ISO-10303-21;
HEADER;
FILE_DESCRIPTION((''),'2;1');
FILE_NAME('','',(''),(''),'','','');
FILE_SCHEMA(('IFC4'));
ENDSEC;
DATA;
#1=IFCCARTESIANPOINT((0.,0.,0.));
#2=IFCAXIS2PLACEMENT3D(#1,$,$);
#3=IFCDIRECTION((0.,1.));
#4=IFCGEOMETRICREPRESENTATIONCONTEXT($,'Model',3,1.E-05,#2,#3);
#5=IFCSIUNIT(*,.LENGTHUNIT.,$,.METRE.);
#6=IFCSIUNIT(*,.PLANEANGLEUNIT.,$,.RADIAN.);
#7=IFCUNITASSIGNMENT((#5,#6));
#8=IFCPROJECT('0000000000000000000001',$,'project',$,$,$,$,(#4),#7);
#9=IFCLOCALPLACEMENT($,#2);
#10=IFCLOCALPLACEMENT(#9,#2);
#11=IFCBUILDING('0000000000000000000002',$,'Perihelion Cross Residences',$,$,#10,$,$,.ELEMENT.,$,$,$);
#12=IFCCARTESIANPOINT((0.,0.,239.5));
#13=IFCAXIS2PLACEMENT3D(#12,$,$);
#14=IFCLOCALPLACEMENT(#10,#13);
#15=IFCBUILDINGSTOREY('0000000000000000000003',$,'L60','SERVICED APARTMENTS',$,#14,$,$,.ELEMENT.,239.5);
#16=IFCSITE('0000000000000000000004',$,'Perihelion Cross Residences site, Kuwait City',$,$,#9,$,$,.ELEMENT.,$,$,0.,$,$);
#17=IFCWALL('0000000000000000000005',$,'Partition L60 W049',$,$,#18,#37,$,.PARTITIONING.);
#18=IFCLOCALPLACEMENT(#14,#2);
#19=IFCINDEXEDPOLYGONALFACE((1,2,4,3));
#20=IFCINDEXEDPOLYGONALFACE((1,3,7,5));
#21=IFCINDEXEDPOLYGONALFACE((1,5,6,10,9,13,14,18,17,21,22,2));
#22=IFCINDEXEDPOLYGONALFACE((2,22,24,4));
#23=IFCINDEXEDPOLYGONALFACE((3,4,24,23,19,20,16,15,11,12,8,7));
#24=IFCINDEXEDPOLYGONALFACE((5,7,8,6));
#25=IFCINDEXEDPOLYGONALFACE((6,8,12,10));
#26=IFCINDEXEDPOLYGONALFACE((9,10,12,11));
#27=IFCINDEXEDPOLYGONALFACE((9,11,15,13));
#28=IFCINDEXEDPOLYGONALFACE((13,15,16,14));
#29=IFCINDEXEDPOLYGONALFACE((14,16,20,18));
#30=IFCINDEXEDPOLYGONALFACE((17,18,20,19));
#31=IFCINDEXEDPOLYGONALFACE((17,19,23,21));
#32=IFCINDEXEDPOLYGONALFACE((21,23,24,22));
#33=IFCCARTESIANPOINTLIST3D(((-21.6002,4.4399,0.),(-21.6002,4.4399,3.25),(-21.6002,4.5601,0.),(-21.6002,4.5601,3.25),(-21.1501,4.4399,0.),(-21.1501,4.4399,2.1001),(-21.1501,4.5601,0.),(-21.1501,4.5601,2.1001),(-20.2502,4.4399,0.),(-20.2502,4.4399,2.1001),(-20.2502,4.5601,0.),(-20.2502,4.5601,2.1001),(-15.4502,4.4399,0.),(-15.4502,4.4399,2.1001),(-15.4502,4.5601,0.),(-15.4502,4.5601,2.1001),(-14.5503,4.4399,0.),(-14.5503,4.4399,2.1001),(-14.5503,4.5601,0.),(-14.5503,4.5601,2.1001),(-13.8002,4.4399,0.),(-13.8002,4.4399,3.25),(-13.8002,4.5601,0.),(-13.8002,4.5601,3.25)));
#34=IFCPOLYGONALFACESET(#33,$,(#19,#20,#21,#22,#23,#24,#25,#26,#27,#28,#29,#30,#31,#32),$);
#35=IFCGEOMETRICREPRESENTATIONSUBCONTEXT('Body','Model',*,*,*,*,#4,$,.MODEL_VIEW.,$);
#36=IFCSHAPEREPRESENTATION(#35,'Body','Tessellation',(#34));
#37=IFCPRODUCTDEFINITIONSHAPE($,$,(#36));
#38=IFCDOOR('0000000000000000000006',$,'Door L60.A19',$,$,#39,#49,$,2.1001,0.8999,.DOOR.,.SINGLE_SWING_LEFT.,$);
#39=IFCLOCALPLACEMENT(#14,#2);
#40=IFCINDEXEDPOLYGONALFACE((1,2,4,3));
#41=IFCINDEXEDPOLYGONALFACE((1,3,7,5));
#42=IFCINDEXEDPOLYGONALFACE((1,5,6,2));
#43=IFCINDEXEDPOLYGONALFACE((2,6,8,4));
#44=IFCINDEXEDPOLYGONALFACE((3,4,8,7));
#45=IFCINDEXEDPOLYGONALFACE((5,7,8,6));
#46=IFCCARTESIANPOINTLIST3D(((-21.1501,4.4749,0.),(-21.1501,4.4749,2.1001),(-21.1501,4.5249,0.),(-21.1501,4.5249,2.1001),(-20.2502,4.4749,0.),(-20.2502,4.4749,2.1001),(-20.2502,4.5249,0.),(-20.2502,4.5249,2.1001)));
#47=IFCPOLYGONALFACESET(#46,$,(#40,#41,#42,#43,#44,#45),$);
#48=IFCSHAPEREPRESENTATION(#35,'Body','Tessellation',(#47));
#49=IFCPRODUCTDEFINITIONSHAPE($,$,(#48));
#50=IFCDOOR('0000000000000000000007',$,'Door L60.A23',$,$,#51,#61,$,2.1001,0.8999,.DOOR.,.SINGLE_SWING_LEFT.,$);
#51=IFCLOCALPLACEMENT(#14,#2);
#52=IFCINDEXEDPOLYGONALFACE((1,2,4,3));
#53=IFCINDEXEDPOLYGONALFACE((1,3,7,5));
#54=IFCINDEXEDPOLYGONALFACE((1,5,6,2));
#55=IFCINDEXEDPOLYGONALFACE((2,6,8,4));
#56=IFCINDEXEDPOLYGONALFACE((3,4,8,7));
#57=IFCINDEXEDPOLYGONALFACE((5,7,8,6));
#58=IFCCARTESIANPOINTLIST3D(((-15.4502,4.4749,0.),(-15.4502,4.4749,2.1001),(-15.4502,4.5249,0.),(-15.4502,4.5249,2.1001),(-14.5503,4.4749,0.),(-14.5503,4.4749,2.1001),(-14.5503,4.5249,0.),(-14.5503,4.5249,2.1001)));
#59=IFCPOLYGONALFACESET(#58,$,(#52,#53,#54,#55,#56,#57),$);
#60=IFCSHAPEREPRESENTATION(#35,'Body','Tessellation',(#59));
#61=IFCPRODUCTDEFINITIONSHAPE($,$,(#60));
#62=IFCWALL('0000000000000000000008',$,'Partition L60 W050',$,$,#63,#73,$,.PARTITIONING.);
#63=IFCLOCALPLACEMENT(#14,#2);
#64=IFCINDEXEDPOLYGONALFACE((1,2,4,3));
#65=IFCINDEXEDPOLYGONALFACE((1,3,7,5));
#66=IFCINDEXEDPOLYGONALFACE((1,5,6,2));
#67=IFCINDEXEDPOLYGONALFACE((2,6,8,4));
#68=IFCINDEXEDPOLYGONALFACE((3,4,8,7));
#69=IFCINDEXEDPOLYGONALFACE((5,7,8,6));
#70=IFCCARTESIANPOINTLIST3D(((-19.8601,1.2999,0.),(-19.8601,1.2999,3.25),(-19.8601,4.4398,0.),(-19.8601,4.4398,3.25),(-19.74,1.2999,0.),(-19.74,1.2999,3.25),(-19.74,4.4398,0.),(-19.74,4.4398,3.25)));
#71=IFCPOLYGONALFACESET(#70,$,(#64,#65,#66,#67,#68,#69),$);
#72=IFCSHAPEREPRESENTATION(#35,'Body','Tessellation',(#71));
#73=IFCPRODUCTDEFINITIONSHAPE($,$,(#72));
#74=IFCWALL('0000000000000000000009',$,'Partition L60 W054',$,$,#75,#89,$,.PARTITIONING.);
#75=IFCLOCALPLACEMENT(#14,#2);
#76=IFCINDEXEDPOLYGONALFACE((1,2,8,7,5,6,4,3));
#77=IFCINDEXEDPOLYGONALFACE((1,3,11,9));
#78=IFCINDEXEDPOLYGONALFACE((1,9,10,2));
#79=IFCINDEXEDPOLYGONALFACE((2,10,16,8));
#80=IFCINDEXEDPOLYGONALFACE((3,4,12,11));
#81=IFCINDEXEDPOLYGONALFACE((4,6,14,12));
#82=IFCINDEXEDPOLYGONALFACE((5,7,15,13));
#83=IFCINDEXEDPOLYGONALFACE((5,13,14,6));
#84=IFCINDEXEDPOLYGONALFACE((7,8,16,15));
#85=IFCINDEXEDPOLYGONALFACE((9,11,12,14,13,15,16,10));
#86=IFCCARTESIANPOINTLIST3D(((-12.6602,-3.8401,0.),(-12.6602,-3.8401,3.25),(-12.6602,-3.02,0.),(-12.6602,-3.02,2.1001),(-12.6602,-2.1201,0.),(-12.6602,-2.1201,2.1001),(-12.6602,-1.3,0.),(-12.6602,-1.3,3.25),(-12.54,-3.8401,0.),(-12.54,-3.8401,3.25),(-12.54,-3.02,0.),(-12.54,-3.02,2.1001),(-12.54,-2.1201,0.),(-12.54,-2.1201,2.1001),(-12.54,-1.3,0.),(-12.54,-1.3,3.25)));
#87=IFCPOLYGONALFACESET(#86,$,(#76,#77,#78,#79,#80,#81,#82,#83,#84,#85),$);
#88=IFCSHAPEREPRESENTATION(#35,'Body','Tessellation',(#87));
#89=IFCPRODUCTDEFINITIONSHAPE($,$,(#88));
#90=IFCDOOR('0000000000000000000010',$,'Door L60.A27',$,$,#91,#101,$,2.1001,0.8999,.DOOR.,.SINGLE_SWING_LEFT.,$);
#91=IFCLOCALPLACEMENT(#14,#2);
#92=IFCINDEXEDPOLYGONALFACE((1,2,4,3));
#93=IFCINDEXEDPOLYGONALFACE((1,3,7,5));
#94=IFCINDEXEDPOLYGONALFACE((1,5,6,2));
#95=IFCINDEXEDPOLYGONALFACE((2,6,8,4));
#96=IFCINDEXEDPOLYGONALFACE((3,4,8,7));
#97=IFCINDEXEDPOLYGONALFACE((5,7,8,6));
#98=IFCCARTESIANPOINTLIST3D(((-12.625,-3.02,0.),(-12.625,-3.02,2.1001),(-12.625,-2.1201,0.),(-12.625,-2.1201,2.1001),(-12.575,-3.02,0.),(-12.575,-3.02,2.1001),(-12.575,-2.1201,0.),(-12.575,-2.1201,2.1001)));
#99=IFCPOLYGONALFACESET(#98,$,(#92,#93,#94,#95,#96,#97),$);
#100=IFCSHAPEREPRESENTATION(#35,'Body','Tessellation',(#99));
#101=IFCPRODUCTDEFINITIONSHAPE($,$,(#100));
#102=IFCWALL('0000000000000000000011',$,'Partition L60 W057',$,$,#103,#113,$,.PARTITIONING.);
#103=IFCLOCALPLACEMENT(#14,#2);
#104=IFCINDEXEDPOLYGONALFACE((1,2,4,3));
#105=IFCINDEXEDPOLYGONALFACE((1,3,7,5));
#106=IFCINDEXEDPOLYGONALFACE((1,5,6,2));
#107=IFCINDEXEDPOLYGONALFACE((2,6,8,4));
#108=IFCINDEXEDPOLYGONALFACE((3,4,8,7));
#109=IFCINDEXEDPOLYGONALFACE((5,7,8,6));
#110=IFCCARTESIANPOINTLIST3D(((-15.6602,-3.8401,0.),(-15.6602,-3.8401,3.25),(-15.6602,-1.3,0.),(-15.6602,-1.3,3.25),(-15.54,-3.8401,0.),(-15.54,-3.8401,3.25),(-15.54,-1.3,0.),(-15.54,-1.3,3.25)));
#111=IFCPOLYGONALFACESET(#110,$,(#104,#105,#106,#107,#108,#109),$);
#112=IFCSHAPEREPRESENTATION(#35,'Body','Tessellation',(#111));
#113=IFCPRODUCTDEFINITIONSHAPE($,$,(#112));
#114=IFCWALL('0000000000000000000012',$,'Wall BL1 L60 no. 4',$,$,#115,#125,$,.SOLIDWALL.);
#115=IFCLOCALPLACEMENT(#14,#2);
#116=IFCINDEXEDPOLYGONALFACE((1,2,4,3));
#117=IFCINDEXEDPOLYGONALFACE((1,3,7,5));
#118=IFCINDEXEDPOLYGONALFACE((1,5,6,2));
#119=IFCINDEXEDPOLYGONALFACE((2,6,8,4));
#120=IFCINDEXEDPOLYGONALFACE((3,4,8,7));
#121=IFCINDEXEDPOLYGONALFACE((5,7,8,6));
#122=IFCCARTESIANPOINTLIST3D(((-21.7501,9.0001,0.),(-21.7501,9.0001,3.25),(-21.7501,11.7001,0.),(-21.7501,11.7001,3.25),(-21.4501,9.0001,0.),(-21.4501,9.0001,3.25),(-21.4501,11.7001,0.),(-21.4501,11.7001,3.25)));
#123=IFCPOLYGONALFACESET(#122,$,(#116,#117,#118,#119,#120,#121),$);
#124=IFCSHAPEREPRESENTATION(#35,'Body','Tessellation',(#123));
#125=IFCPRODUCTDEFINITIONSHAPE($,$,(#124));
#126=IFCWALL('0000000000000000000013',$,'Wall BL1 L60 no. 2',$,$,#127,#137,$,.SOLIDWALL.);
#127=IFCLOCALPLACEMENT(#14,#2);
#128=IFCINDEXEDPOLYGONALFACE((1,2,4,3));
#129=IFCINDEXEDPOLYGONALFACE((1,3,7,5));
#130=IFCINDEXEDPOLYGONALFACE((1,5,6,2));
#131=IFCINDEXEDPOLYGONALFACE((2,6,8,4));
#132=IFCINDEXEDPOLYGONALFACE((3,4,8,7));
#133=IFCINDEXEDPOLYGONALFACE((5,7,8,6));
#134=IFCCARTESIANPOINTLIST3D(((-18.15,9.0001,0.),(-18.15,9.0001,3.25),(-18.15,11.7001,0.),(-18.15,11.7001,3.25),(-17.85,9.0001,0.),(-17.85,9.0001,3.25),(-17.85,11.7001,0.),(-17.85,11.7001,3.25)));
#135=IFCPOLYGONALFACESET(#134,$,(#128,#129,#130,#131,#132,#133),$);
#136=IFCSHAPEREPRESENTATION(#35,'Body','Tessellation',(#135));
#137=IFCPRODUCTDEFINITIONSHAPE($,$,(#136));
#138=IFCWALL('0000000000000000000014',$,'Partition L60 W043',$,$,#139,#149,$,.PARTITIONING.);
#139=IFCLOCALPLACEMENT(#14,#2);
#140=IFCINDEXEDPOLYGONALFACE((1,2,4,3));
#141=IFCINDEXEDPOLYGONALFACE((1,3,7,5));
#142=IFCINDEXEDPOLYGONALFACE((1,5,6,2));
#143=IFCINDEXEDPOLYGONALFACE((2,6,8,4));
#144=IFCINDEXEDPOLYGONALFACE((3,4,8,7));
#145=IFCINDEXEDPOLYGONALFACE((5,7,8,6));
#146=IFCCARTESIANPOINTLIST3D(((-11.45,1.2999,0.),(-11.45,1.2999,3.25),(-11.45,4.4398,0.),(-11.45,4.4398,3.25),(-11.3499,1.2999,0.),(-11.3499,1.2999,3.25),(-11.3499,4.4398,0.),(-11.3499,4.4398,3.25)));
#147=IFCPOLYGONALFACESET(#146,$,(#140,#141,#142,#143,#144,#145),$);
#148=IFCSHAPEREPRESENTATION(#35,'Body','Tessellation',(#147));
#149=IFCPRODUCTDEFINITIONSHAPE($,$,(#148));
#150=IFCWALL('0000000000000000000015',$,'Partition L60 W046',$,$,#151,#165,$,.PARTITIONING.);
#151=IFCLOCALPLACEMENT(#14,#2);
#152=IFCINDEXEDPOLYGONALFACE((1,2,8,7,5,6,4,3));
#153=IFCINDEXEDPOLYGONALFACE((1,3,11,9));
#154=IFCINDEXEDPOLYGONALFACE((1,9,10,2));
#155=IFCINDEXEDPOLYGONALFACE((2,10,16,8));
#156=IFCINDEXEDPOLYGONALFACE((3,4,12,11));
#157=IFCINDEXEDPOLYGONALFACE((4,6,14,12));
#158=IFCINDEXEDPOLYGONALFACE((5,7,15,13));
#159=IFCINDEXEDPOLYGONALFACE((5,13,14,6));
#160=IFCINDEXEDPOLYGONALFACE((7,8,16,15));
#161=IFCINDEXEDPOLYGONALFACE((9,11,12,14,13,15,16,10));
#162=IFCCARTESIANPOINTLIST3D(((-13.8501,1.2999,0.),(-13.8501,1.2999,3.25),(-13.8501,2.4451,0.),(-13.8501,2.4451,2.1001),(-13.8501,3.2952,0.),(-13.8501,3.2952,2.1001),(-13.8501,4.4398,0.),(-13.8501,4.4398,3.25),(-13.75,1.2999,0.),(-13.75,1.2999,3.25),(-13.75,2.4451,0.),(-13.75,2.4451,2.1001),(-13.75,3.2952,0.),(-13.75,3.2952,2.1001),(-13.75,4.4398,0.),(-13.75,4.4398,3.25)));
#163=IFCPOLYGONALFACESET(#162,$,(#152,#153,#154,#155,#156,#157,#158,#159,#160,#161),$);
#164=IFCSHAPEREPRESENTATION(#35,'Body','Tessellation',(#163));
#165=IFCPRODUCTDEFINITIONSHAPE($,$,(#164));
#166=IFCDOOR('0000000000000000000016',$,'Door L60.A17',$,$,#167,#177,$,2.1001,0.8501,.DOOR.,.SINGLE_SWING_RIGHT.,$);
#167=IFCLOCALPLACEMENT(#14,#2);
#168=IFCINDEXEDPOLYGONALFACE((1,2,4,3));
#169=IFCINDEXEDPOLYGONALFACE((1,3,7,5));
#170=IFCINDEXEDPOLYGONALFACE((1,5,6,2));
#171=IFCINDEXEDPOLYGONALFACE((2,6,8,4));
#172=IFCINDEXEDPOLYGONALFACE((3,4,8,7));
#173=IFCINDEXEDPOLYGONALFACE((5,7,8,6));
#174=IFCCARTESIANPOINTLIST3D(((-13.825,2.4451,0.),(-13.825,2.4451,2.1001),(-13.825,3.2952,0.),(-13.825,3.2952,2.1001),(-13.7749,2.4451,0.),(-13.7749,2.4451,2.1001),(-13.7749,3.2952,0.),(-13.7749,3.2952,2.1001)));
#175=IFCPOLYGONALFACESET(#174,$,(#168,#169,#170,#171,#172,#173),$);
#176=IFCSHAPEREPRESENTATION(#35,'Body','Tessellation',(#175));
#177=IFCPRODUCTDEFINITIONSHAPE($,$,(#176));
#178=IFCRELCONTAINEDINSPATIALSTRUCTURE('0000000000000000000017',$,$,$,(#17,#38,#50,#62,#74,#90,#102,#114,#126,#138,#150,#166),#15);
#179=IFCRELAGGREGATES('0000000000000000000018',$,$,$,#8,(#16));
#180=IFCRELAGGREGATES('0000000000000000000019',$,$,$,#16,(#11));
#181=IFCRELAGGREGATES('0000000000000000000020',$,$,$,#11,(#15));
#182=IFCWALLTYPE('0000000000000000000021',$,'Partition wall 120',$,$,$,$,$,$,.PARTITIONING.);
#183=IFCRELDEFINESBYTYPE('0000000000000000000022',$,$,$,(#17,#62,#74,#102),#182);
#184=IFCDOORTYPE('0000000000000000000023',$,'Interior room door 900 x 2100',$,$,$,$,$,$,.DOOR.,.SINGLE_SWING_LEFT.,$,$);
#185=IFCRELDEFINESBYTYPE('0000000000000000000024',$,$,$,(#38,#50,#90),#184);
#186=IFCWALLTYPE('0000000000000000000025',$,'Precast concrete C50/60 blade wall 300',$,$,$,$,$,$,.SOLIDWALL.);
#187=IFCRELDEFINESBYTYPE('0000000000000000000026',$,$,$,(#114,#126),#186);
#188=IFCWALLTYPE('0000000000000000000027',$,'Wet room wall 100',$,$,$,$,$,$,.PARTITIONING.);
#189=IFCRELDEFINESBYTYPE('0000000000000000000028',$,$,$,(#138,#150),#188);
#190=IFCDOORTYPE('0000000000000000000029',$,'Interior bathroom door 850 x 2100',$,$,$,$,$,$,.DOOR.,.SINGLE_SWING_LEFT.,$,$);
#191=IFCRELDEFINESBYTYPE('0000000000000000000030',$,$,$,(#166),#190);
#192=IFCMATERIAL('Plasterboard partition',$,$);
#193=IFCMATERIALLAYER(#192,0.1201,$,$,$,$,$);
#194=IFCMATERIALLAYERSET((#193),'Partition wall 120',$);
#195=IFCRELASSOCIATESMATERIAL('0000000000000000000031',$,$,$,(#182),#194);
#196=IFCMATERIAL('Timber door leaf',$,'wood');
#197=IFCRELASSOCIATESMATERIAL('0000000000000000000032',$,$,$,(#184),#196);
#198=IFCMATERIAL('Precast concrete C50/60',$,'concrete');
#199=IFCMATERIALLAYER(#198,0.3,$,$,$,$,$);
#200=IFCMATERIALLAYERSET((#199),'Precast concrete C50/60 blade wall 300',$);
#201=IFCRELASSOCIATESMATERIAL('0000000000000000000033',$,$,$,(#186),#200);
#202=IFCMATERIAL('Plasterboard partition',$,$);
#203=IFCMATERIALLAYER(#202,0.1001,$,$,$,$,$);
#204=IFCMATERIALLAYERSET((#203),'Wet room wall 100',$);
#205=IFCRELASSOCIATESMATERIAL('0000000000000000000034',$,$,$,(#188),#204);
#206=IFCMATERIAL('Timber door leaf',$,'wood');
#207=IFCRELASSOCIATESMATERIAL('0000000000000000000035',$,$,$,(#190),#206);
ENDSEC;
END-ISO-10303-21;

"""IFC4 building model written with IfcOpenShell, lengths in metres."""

from ifc_helpers import new_model, si_unit, direction, frame, frame_2d, origin, place, context, subcontext, project, spatial, rectangle, extrude, material, layer, layer_set, type_object, element, fill, save


model = new_model("IFC4")

# Units and contexts
model_context = context("Model", 3, precision=1e-05, world=origin(), true_north=direction((0.0, 1.0)))
body_context = subcontext(model_context, "Body", "Model", "MODEL_VIEW")
ifc_project = project(units=[si_unit("LENGTHUNIT", "METRE"), si_unit("PLANEANGLEUNIT", "RADIAN")], contexts=[model_context])

# Site, building, storey
site_placement = place(None, origin())
site = spatial("IfcSite", under=ifc_project, at=site_placement, Name="Perihelion Cross Residences site, Kuwait City", CompositionType="ELEMENT", RefElevation=0.0)
building_placement = place(site_placement, origin())
building = spatial("IfcBuilding", under=site, at=building_placement, Name="Perihelion Cross Residences", CompositionType="ELEMENT")
storey_placement = place(building_placement, frame((0.0, 0.0, 239.5)))
storey = spatial("IfcBuildingStorey", under=building, at=storey_placement, Name="L60", Description="SERVICED APARTMENTS", CompositionType="ELEMENT", Elevation=239.5)

# Shared definitions
ifc_material_1 = material(Name="Plasterboard partition")
ifc_layer_1 = layer(ifc_material_1, 0.1201)
ifc_layer_set_1 = layer_set([ifc_layer_1], Name="Partition wall 120")
wall_type_1 = type_object("IfcWallType", Name="Partition wall 120", PredefinedType="PARTITIONING", material=ifc_layer_set_1)
ifc_material_2 = material(Name="Timber door leaf", Category="wood")
door_type_1 = type_object("IfcDoorType", Name="Interior room door 900 x 2100", OperationType="SINGLE_SWING_LEFT", PredefinedType="DOOR", material=ifc_material_2)

# Wall, openings, doors
wall_1_placement = place(storey_placement, frame((-21.6001, 4.5, 0.0), z_axis=(0.0, 0.0, 1.0), x_axis=(1.0, 0.0, 0.0)))
wall_1 = element("IfcWall", 1, at=wall_1_placement, inside=storey, type_object=wall_type_1, Name="Partition L60 W049", PredefinedType="PARTITIONING", context=body_context, shape_type="SweptSolid", body=[
    extrude(rectangle(XDim=7.8, YDim=0.1201, at=frame_2d((3.8999, 0.0))), origin(), (0.0, 0.0, 1.0), 3.25),
])
opening_1_placement = place(wall_1_placement, frame((0.45, 0.0, 0.0)))
opening_1 = element("IfcOpeningElement", 2, at=opening_1_placement, cuts=wall_1, PredefinedType="OPENING", context=body_context, shape_type="SweptSolid", body=[
    extrude(rectangle(XDim=0.8999, YDim=2.1001, at=frame_2d((0.45, 1.05))), frame((0.0, 0.0701, 0.0), z_axis=(0.0, -1.0, 0.0), x_axis=(1.0, 0.0, 0.0)), (0.0, 0.0, 1.0), 0.1401),
])
opening_2_placement = place(wall_1_placement, frame((6.1499, 0.0, 0.0)))
opening_2 = element("IfcOpeningElement", 3, at=opening_2_placement, cuts=wall_1, PredefinedType="OPENING", context=body_context, shape_type="SweptSolid", body=[
    extrude(rectangle(XDim=0.8999, YDim=2.1001, at=frame_2d((0.45, 1.05))), frame((0.0, 0.0701, 0.0), z_axis=(0.0, -1.0, 0.0), x_axis=(1.0, 0.0, 0.0)), (0.0, 0.0, 1.0), 0.1401),
])
door_1_placement = place(opening_1_placement, origin())
door_1 = element("IfcDoor", 4, at=door_1_placement, inside=storey, type_object=door_type_1, Name="Door L60.A19", OperationType="SINGLE_SWING_LEFT", OverallHeight=2.1001, OverallWidth=0.8999, PredefinedType="DOOR", context=body_context, shape_type="SweptSolid", body=[
    extrude(rectangle(XDim=0.8999, YDim=2.1001, at=frame_2d((0.45, 1.05))), frame((0.0, 0.0249, 0.0), z_axis=(0.0, -1.0, 0.0), x_axis=(1.0, 0.0, 0.0)), (0.0, 0.0, 1.0), 0.05),
])
fill(opening_1, door_1)
door_2_placement = place(opening_2_placement, origin())
door_2 = element("IfcDoor", 5, at=door_2_placement, inside=storey, type_object=door_type_1, Name="Door L60.A23", OperationType="SINGLE_SWING_LEFT", OverallHeight=2.1001, OverallWidth=0.8999, PredefinedType="DOOR", context=body_context, shape_type="SweptSolid", body=[
    extrude(rectangle(XDim=0.8999, YDim=2.1001, at=frame_2d((0.45, 1.05))), frame((0.0, 0.0249, 0.0), z_axis=(0.0, -1.0, 0.0), x_axis=(1.0, 0.0, 0.0)), (0.0, 0.0, 1.0), 0.05),
])
fill(opening_2, door_2)

# Wall
wall_2_placement = place(storey_placement, frame((-19.8, 1.3, 0.0), z_axis=(0.0, 0.0, 1.0), x_axis=(0.0, 1.0, 0.0)))
element("IfcWall", 6, at=wall_2_placement, inside=storey, type_object=wall_type_1, Name="Partition L60 W050", PredefinedType="PARTITIONING", context=body_context, shape_type="SweptSolid", body=[
    extrude(rectangle(XDim=3.1399, YDim=0.1201, at=frame_2d((1.5698, 0.0))), origin(), (0.0, 0.0, 1.0), 3.25),
])

# Wall, opening, door
wall_3_placement = place(storey_placement, frame((-12.6001, -3.8401, 0.0), z_axis=(0.0, 0.0, 1.0), x_axis=(0.0, 1.0, 0.0)))
wall_3 = element("IfcWall", 7, at=wall_3_placement, inside=storey, type_object=wall_type_1, Name="Partition L60 W054", PredefinedType="PARTITIONING", context=body_context, shape_type="SweptSolid", body=[
    extrude(rectangle(XDim=2.54, YDim=0.1201, at=frame_2d((1.27, 0.0))), origin(), (0.0, 0.0, 1.0), 3.25),
])
opening_3_placement = place(wall_3_placement, frame((0.8201, 0.0, 0.0)))
opening_3 = element("IfcOpeningElement", 8, at=opening_3_placement, cuts=wall_3, PredefinedType="OPENING", context=body_context, shape_type="SweptSolid", body=[
    extrude(rectangle(XDim=0.8999, YDim=2.1001, at=frame_2d((0.45, 1.05))), frame((0.0, 0.0701, 0.0), z_axis=(0.0, -1.0, 0.0), x_axis=(1.0, 0.0, 0.0)), (0.0, 0.0, 1.0), 0.1401),
])
door_3_placement = place(opening_3_placement, origin())
door_3 = element("IfcDoor", 9, at=door_3_placement, inside=storey, type_object=door_type_1, Name="Door L60.A27", OperationType="SINGLE_SWING_LEFT", OverallHeight=2.1001, OverallWidth=0.8999, PredefinedType="DOOR", context=body_context, shape_type="SweptSolid", body=[
    extrude(rectangle(XDim=0.8999, YDim=2.1001, at=frame_2d((0.45, 1.05))), frame((0.0, 0.0249, 0.0), z_axis=(0.0, -1.0, 0.0), x_axis=(1.0, 0.0, 0.0)), (0.0, 0.0, 1.0), 0.05),
])
fill(opening_3, door_3)

# Walls
wall_4_placement = place(storey_placement, frame((-15.6001, -3.8401, 0.0), z_axis=(0.0, 0.0, 1.0), x_axis=(0.0, 1.0, 0.0)))
element("IfcWall", 10, at=wall_4_placement, inside=storey, type_object=wall_type_1, Name="Partition L60 W057", PredefinedType="PARTITIONING", context=body_context, shape_type="SweptSolid", body=[
    extrude(rectangle(XDim=2.54, YDim=0.1201, at=frame_2d((1.27, 0.0))), origin(), (0.0, 0.0, 1.0), 3.25),
])
ifc_material_3 = material(Name="Precast concrete C50/60", Category="concrete")
ifc_layer_2 = layer(ifc_material_3, 0.3)
ifc_layer_set_2 = layer_set([ifc_layer_2], Name="Precast concrete C50/60 blade wall 300")
wall_type_2 = type_object("IfcWallType", Name="Precast concrete C50/60 blade wall 300", PredefinedType="SOLIDWALL", material=ifc_layer_set_2)
for number, where, z_axis, x_axis, name in (
    (11, (-21.6001, 9.0, 0.0), (0.0, 0.0, 1.0), (0.0, 1.0, 0.0), "Wall BL1 L60 no. 4"),
    (12, (-18.0, 9.0, 0.0), (0.0, 0.0, 1.0), (0.0, 1.0, 0.0), "Wall BL1 L60 no. 2"),
):
    element("IfcWall", number, at=place(storey_placement, frame(where, z_axis=z_axis, x_axis=x_axis)), inside=storey, type_object=wall_type_2, Name=name, PredefinedType="SOLIDWALL", context=body_context, shape_type="SweptSolid", body=[
        extrude(rectangle(XDim=2.7, YDim=0.3, at=frame_2d((1.3501, 0.0))), origin(), (0.0, 0.0, 1.0), 3.25),
    ])
ifc_material_4 = material(Name="Plasterboard partition")
ifc_layer_3 = layer(ifc_material_4, 0.1001)
ifc_layer_set_3 = layer_set([ifc_layer_3], Name="Wet room wall 100")
wall_type_3 = type_object("IfcWallType", Name="Wet room wall 100", PredefinedType="PARTITIONING", material=ifc_layer_set_3)
wall_5_placement = place(storey_placement, frame((-11.3999, 1.3, 0.0), z_axis=(0.0, 0.0, 1.0), x_axis=(0.0, 1.0, 0.0)))
element("IfcWall", 13, at=wall_5_placement, inside=storey, type_object=wall_type_3, Name="Partition L60 W043", PredefinedType="PARTITIONING", context=body_context, shape_type="SweptSolid", body=[
    extrude(rectangle(XDim=3.1399, YDim=0.1001, at=frame_2d((1.5698, 0.0))), origin(), (0.0, 0.0, 1.0), 3.25),
])

# Wall, opening, door
wall_6_placement = place(storey_placement, frame((-13.8, 1.3, 0.0), z_axis=(0.0, 0.0, 1.0), x_axis=(0.0, 1.0, 0.0)))
wall_6 = element("IfcWall", 14, at=wall_6_placement, inside=storey, type_object=wall_type_3, Name="Partition L60 W046", PredefinedType="PARTITIONING", context=body_context, shape_type="SweptSolid", body=[
    extrude(rectangle(XDim=3.1399, YDim=0.1001, at=frame_2d((1.5698, 0.0))), origin(), (0.0, 0.0, 1.0), 3.25),
])
opening_4_placement = place(wall_6_placement, frame((1.145, 0.0, 0.0)))
opening_4 = element("IfcOpeningElement", 15, at=opening_4_placement, cuts=wall_6, PredefinedType="OPENING", context=body_context, shape_type="SweptSolid", body=[
    extrude(rectangle(XDim=0.8501, YDim=2.1001, at=frame_2d((0.425, 1.05))), frame((0.0, 0.0601, 0.0), z_axis=(0.0, -1.0, 0.0), x_axis=(1.0, 0.0, 0.0)), (0.0, 0.0, 1.0), 0.1201),
])
ifc_material_5 = material(Name="Timber door leaf", Category="wood")
door_type_2 = type_object("IfcDoorType", Name="Interior bathroom door 850 x 2100", OperationType="SINGLE_SWING_LEFT", PredefinedType="DOOR", material=ifc_material_5)
door_4_placement = place(opening_4_placement, origin())
door_4 = element("IfcDoor", 16, at=door_4_placement, inside=storey, type_object=door_type_2, Name="Door L60.A17", OperationType="SINGLE_SWING_RIGHT", OverallHeight=2.1001, OverallWidth=0.8501, PredefinedType="DOOR", context=body_context, shape_type="SweptSolid", body=[
    extrude(rectangle(XDim=0.8501, YDim=2.1001, at=frame_2d((0.425, 1.05))), frame((0.0, 0.0249, 0.0), z_axis=(0.0, -1.0, 0.0), x_axis=(1.0, 0.0, 0.0)), (0.0, 0.0, 1.0), 0.05),
])
fill(opening_4, door_4)

save(model, "model.ifc")
